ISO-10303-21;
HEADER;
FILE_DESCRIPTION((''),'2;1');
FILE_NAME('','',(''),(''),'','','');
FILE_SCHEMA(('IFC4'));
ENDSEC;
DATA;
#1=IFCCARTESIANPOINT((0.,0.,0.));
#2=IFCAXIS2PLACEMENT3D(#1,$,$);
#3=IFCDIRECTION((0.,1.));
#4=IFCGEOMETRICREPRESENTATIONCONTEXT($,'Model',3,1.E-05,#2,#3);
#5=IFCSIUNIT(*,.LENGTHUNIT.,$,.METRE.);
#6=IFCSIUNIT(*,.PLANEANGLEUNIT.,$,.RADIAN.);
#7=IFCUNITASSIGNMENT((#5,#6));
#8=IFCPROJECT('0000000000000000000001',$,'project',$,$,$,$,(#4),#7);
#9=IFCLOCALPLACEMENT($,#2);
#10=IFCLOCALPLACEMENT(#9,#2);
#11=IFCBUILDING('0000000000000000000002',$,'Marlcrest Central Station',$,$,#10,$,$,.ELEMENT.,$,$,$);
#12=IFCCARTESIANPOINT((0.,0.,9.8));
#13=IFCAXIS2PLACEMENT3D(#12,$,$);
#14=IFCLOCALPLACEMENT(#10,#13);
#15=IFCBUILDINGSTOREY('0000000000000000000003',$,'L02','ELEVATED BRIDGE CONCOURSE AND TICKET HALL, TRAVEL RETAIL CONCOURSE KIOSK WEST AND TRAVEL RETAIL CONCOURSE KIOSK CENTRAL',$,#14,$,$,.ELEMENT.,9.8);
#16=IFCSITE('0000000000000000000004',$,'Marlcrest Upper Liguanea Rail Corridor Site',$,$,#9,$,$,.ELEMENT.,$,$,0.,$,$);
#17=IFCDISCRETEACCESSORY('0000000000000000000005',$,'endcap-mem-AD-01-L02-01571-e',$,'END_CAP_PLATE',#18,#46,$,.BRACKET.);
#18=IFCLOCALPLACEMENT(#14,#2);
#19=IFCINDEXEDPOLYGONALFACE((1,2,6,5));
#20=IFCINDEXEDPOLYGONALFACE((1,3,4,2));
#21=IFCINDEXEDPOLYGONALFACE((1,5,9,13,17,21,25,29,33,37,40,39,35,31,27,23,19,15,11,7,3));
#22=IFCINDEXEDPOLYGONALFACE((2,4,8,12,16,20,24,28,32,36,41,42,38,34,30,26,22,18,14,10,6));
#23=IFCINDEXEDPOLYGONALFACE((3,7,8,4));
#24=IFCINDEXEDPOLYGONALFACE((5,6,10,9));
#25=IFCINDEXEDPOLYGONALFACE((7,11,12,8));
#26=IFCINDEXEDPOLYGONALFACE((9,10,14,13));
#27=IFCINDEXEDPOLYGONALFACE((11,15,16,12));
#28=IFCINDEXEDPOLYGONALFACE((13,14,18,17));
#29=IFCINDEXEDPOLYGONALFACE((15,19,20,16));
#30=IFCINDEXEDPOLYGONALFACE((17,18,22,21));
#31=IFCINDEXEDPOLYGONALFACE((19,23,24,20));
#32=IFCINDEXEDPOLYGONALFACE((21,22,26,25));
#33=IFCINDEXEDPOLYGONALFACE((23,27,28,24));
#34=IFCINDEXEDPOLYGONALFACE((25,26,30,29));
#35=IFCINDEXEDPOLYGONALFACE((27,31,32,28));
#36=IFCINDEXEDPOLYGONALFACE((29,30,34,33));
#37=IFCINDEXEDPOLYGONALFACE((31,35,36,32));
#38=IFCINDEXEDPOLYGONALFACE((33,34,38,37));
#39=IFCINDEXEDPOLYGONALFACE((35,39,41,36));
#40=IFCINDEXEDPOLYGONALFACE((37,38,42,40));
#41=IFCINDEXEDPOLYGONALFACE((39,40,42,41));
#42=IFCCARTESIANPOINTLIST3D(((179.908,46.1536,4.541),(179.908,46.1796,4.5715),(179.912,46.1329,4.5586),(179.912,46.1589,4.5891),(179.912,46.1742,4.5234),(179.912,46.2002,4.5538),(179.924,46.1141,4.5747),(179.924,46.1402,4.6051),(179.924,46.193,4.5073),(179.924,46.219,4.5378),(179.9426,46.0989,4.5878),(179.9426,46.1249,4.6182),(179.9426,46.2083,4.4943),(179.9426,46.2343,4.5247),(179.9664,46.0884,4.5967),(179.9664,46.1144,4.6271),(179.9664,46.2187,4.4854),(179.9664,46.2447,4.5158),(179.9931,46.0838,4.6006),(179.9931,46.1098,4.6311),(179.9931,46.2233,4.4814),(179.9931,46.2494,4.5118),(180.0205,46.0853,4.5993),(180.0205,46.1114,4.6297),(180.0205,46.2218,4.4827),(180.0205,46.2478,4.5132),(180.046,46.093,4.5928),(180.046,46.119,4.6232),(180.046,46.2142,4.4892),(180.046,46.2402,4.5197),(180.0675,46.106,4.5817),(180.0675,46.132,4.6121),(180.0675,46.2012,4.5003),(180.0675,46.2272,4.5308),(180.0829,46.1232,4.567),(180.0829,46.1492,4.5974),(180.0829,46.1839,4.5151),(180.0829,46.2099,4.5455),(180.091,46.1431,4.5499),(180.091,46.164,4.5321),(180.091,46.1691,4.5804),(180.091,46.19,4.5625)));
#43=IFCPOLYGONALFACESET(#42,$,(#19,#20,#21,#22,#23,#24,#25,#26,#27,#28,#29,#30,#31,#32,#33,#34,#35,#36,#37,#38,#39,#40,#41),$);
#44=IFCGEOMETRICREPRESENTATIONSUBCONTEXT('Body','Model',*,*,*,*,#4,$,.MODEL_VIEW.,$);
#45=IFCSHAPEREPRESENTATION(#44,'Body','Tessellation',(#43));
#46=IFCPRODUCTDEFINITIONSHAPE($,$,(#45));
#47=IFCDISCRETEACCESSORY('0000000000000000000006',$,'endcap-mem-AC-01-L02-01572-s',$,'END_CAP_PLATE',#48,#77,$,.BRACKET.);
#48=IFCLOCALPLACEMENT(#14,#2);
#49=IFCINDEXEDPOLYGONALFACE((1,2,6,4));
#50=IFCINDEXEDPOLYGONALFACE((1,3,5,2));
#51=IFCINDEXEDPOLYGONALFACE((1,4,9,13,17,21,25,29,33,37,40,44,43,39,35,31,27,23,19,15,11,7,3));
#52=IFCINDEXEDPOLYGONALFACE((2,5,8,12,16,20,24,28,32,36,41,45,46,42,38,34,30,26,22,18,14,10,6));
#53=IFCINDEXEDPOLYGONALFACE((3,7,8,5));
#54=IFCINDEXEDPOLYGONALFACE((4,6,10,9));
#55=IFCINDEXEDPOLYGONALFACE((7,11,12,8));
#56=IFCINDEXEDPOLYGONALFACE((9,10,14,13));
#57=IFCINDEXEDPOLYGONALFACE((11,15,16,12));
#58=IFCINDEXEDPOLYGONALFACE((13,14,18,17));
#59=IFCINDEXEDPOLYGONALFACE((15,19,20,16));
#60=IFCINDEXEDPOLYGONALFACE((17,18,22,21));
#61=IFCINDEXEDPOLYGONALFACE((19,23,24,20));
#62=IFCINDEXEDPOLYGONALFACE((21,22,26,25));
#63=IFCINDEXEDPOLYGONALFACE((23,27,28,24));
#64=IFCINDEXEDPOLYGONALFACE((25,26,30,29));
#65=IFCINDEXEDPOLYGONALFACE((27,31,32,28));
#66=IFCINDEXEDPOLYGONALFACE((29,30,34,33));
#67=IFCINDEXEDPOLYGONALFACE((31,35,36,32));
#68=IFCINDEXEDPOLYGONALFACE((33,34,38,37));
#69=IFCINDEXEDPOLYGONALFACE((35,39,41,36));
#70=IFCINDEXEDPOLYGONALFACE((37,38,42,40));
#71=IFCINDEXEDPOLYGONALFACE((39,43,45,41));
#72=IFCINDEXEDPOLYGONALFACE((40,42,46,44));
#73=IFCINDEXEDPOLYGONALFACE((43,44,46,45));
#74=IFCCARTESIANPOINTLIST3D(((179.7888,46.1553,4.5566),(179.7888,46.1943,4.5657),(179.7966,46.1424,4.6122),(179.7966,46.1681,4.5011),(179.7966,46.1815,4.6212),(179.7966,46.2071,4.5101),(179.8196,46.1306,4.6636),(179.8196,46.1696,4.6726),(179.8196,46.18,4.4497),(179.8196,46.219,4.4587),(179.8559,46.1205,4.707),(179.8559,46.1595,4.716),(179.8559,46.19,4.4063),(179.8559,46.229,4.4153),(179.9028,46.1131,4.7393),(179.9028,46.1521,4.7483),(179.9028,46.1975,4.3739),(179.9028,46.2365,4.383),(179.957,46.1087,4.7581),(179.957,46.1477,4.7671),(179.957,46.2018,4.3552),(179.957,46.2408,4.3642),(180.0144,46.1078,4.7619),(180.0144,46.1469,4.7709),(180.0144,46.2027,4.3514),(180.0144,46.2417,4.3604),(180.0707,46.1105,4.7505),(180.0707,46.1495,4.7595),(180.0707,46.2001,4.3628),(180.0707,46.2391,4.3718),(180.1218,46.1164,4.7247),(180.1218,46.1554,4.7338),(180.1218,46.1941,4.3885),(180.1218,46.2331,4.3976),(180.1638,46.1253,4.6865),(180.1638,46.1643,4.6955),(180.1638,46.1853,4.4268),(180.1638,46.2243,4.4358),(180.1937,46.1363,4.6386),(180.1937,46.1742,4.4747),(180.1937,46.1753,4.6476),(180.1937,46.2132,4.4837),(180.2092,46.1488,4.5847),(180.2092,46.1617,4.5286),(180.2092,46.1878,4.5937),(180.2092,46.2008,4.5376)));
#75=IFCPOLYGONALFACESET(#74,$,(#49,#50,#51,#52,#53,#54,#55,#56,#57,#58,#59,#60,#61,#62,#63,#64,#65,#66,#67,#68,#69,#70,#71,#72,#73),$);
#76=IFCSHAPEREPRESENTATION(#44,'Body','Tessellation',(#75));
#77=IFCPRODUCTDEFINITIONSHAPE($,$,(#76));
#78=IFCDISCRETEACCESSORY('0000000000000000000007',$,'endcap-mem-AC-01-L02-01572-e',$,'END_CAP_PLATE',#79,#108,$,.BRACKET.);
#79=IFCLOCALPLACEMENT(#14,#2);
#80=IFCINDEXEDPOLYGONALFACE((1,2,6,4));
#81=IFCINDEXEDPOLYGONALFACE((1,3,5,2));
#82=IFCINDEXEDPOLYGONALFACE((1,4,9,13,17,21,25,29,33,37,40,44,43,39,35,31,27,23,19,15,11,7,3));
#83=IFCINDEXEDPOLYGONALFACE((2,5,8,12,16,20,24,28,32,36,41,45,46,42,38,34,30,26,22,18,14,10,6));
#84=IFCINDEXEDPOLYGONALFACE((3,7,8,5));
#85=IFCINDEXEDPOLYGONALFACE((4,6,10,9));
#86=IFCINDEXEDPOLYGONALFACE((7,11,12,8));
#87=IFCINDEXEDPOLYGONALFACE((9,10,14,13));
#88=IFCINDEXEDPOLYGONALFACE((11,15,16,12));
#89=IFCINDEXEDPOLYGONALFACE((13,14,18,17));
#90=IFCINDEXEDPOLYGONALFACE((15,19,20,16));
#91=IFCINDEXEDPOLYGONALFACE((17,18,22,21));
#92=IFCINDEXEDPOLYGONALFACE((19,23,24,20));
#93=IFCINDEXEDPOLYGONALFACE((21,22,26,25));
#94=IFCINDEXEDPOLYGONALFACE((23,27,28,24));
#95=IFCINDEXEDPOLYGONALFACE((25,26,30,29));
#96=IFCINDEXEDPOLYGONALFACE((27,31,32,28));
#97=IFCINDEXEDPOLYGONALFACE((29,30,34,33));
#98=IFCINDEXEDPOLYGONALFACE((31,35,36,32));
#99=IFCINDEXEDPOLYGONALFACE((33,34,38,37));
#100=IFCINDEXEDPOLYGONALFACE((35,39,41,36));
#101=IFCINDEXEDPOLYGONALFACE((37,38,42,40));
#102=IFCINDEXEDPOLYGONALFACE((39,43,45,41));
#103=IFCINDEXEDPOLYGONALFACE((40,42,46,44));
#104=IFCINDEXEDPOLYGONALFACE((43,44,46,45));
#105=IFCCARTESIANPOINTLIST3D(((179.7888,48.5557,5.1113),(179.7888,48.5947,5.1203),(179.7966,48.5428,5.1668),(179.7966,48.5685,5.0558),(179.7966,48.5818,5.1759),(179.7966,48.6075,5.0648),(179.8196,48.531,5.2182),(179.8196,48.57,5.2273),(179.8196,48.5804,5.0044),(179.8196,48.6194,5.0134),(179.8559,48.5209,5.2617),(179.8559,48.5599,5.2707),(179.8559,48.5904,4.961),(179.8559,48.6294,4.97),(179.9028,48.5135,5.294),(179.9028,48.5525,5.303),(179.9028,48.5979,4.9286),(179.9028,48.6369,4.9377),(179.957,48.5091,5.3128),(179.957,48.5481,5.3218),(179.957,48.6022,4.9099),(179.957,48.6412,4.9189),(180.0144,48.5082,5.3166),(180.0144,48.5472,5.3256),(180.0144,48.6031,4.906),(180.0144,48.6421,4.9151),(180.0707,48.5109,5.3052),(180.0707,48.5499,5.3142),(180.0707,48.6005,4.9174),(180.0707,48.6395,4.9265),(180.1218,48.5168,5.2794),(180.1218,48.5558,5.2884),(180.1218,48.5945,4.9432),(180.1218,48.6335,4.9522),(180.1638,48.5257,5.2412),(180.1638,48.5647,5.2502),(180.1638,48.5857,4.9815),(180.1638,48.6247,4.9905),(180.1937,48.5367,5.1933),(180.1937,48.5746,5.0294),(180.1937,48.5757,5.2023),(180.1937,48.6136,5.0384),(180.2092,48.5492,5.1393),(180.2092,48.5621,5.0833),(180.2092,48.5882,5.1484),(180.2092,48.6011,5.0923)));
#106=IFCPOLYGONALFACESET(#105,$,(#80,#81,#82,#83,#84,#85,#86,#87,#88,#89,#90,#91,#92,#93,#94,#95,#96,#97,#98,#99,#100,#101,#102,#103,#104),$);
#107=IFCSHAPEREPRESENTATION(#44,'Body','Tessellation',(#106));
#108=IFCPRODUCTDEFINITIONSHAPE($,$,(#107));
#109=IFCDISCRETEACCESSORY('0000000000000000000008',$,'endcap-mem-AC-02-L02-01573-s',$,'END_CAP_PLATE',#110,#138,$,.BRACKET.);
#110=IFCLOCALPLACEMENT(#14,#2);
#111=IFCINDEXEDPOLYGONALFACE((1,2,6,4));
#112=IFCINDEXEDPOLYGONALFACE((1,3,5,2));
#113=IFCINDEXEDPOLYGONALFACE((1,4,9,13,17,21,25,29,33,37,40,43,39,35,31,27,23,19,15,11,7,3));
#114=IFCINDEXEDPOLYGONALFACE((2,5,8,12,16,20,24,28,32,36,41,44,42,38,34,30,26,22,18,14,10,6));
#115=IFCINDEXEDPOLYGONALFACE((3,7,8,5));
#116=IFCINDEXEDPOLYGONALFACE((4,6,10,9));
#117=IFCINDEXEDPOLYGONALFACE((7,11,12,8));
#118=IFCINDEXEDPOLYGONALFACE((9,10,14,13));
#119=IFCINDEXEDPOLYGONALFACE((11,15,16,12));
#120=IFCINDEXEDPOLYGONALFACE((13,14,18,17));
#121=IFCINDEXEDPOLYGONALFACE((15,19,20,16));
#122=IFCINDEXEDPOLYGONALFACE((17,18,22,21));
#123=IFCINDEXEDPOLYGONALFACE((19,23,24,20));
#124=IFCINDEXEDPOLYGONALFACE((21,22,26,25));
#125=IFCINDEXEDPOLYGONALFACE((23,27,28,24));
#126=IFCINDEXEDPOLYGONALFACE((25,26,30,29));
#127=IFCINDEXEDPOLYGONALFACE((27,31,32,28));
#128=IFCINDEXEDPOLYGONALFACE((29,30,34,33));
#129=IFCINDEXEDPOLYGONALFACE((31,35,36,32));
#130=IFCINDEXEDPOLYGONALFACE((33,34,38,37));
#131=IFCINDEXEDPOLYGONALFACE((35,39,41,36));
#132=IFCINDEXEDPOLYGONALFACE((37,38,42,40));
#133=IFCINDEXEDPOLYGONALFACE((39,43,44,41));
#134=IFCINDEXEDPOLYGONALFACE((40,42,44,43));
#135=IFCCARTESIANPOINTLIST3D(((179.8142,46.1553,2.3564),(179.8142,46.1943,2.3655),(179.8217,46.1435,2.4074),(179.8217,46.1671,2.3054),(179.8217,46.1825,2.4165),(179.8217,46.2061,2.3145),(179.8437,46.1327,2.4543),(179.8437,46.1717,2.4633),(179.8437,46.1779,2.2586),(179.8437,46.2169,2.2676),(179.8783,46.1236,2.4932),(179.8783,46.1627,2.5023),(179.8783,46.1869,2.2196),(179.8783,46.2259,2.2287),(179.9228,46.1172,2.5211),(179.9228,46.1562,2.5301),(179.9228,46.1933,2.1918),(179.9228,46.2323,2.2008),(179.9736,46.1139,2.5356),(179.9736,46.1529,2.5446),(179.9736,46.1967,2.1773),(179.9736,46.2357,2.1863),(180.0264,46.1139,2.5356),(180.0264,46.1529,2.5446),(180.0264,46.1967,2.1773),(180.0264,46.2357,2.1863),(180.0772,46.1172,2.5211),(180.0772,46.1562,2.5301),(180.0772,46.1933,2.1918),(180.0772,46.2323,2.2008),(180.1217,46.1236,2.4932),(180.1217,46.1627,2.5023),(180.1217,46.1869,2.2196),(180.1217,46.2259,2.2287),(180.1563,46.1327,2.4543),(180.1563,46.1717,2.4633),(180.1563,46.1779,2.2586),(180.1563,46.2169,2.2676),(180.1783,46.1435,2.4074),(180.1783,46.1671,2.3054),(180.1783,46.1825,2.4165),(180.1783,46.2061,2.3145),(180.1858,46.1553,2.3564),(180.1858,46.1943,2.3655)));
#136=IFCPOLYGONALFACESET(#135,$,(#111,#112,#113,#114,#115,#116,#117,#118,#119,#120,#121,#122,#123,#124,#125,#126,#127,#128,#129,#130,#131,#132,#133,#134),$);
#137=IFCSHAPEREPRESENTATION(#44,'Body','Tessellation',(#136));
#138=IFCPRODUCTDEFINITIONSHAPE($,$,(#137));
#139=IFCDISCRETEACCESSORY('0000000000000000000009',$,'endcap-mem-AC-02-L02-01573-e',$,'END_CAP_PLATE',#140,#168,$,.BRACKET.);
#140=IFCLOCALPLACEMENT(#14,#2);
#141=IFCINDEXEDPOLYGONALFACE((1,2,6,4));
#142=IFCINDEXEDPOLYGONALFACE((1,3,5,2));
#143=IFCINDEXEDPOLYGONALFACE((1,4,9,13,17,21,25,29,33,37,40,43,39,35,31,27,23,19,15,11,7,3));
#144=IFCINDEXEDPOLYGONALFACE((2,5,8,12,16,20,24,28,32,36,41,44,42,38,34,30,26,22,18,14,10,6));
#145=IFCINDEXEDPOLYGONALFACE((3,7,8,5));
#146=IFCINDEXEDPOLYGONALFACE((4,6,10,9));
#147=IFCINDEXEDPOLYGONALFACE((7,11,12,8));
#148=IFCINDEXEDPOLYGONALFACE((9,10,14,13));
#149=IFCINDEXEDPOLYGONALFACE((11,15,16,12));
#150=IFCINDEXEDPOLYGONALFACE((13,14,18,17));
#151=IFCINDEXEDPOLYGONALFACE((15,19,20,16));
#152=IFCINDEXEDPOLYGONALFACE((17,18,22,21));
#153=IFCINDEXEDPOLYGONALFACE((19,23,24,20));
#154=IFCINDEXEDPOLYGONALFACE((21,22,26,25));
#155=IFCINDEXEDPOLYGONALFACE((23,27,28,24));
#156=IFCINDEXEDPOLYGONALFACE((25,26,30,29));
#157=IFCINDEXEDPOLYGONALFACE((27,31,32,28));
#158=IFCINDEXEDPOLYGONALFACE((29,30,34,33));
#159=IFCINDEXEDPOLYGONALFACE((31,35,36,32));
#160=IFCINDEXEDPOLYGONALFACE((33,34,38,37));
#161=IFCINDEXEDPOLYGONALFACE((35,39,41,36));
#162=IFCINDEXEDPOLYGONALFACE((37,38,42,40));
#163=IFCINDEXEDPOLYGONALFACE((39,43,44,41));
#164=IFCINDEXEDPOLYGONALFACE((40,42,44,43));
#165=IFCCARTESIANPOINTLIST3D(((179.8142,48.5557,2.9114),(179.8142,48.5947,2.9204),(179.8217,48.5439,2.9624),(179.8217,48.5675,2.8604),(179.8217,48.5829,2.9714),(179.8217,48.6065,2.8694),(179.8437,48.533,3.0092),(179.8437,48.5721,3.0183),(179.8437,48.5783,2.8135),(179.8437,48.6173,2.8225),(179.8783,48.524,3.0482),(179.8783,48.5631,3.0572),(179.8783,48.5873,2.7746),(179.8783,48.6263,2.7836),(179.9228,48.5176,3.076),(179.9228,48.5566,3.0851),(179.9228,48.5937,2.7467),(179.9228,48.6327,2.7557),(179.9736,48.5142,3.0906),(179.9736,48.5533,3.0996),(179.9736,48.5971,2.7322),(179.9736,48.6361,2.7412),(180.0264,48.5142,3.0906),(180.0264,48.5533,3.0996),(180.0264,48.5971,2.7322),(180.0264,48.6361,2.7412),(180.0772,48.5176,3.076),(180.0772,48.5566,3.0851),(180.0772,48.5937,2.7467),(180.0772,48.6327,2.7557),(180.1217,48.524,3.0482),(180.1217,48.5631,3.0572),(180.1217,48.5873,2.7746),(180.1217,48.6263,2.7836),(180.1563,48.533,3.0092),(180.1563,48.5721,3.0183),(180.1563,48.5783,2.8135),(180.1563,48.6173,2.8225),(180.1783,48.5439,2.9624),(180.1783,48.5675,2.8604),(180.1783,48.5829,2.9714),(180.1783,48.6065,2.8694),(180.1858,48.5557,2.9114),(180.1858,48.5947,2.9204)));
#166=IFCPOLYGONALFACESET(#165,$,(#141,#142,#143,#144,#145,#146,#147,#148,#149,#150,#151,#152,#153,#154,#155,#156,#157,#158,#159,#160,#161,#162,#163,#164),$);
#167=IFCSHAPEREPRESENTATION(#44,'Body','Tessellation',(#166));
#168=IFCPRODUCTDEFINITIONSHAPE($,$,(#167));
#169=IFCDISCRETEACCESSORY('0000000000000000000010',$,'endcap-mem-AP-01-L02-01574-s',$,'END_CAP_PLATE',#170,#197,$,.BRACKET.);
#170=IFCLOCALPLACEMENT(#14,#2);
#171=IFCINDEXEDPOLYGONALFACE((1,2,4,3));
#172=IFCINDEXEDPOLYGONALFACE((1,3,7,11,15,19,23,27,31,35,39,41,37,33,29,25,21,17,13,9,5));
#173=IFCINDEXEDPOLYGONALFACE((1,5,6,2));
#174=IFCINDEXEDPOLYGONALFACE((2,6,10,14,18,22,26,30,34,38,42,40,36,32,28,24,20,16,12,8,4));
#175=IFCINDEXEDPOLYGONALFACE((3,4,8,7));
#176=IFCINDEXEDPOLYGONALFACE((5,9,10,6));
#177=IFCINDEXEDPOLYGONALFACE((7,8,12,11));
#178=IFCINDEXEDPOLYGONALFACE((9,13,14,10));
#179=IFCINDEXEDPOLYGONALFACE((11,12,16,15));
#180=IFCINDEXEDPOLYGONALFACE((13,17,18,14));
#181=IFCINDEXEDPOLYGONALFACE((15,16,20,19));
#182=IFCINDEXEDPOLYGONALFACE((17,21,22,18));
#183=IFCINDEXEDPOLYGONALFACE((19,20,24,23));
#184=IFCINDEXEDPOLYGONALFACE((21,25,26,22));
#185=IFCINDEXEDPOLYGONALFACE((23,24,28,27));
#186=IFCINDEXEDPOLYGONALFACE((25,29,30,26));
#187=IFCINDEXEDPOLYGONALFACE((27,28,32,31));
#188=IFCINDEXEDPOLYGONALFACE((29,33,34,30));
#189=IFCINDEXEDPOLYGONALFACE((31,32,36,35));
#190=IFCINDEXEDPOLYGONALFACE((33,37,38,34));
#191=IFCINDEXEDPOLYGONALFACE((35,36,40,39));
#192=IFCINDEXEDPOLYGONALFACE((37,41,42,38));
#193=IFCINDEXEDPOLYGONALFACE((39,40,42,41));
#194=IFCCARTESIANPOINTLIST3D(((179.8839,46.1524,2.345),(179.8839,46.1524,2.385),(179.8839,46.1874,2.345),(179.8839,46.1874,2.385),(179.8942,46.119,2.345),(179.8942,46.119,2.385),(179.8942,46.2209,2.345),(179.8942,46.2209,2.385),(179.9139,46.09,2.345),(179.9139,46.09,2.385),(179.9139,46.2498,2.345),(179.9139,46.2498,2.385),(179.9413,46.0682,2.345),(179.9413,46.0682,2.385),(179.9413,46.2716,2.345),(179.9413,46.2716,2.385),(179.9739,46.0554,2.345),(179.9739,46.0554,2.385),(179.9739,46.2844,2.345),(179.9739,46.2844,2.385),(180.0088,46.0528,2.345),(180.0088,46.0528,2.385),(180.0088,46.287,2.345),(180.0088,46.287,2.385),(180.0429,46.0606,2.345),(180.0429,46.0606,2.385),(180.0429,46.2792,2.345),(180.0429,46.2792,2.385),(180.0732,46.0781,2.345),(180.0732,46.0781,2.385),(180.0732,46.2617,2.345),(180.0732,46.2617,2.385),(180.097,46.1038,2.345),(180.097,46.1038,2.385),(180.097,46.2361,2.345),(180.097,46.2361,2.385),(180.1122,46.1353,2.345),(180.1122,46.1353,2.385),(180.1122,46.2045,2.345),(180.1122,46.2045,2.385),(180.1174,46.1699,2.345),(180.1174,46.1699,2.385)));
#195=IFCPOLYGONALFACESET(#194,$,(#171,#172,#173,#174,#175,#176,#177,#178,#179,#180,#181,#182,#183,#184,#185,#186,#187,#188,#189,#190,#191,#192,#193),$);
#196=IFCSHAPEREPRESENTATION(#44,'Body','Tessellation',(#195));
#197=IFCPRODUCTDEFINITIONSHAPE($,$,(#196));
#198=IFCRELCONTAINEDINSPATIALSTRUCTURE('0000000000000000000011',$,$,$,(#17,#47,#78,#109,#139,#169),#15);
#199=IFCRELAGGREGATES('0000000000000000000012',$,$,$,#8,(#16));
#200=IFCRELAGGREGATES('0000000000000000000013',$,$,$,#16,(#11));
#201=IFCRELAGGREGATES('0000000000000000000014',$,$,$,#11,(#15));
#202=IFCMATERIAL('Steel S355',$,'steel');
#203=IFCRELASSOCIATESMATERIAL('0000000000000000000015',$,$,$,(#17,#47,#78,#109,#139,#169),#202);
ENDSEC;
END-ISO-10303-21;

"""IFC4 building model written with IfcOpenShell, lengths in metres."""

from ifc_helpers import new_model, si_unit, direction, frame, origin, origin_2d, place, context, subcontext, project, spatial, circle, extrude, material, element, save


model = new_model("IFC4")

# Units and contexts
model_context = context("Model", 3, precision=1e-05, world=origin(), true_north=direction((0.0, 1.0)))
body_context = subcontext(model_context, "Body", "Model", "MODEL_VIEW")
ifc_project = project(units=[si_unit("LENGTHUNIT", "METRE"), si_unit("PLANEANGLEUNIT", "RADIAN")], contexts=[model_context])

# Site, building, storey
site_placement = place(None, origin())
site = spatial("IfcSite", under=ifc_project, at=site_placement, Name="Marlcrest Upper Liguanea Rail Corridor Site", CompositionType="ELEMENT", RefElevation=0.0)
building_placement = place(site_placement, origin())
building = spatial("IfcBuilding", under=site, at=building_placement, Name="Marlcrest Central Station", CompositionType="ELEMENT")
storey_placement = place(building_placement, frame((0.0, 0.0, 9.8)))
storey = spatial("IfcBuildingStorey", under=building, at=storey_placement, Name="L02", Description="ELEVATED BRIDGE CONCOURSE AND TICKET HALL, TRAVEL RETAIL CONCOURSE KIOSK WEST AND TRAVEL RETAIL CONCOURSE KIOSK CENTRAL", CompositionType="ELEMENT", Elevation=9.8)

# Shared definitions
ifc_material_1 = material(Name="Steel S355", Category="steel")

# Discrete accessories
discrete_accessory_1_placement = place(storey_placement, frame((180.0, 46.1536, 4.541), z_axis=(0.0, 0.649625, 0.760255), x_axis=(-1.0, 0.0, 0.0)))
element("IfcDiscreteAccessory", 1, at=discrete_accessory_1_placement, inside=storey, material=ifc_material_1, Name="endcap-mem-AD-01-L02-01571-e", ObjectType="END_CAP_PLATE", PredefinedType="BRACKET", context=body_context, shape_type="SweptSolid", body=[
    extrude(circle(Radius=0.092, at=origin_2d()), origin(), (0.0, 0.0, 1.0), 0.04),
])
for number, where, z_axis, x_axis, name in (
    (2, (180.0, 46.1553, 4.5566), (0.0, 0.97433, 0.225126), (-1.0, 0.0, 0.0), "endcap-mem-AC-01-L02-01572-s"),
    (3, (180.0, 48.5557, 5.1113), (0.0, 0.97433, 0.225126), (-1.0, 0.0, 0.0), "endcap-mem-AC-01-L02-01572-e"),
):
    element("IfcDiscreteAccessory", number, at=place(storey_placement, frame(where, z_axis=z_axis, x_axis=x_axis)), inside=storey, material=ifc_material_1, Name=name, ObjectType="END_CAP_PLATE", PredefinedType="BRACKET", context=body_context, shape_type="SweptSolid", body=[
        extrude(circle(Radius=0.2112, at=origin_2d()), origin(), (0.0, 0.0, 1.0), 0.04),
    ])
for number, where, z_axis, x_axis, name in (
    (4, (180.0, 46.1553, 2.3564), (0.0, 0.974308, 0.22522), (-1.0, 0.0, 0.0), "endcap-mem-AC-02-L02-01573-s"),
    (5, (180.0, 48.5557, 2.9114), (0.0, 0.974308, 0.22522), (-1.0, 0.0, 0.0), "endcap-mem-AC-02-L02-01573-e"),
):
    element("IfcDiscreteAccessory", number, at=place(storey_placement, frame(where, z_axis=z_axis, x_axis=x_axis)), inside=storey, material=ifc_material_1, Name=name, ObjectType="END_CAP_PLATE", PredefinedType="BRACKET", context=body_context, shape_type="SweptSolid", body=[
        extrude(circle(Radius=0.1858, at=origin_2d()), origin(), (0.0, 0.0, 1.0), 0.04),
    ])
for number, where, z_axis, x_axis, name in (
    (6, (180.0, 46.1699, 2.345), (0.0, 0.0, 1.0), (1.0, 0.0, 0.0), "endcap-mem-AP-01-L02-01574-s"),
):
    element("IfcDiscreteAccessory", number, at=place(storey_placement, frame(where, z_axis=z_axis, x_axis=x_axis)), inside=storey, material=ifc_material_1, Name=name, ObjectType="END_CAP_PLATE", PredefinedType="BRACKET", context=body_context, shape_type="SweptSolid", body=[
        extrude(circle(Radius=0.1174, at=origin_2d()), origin(), (0.0, 0.0, 1.0), 0.04),
    ])

save(model, "model.ifc")
